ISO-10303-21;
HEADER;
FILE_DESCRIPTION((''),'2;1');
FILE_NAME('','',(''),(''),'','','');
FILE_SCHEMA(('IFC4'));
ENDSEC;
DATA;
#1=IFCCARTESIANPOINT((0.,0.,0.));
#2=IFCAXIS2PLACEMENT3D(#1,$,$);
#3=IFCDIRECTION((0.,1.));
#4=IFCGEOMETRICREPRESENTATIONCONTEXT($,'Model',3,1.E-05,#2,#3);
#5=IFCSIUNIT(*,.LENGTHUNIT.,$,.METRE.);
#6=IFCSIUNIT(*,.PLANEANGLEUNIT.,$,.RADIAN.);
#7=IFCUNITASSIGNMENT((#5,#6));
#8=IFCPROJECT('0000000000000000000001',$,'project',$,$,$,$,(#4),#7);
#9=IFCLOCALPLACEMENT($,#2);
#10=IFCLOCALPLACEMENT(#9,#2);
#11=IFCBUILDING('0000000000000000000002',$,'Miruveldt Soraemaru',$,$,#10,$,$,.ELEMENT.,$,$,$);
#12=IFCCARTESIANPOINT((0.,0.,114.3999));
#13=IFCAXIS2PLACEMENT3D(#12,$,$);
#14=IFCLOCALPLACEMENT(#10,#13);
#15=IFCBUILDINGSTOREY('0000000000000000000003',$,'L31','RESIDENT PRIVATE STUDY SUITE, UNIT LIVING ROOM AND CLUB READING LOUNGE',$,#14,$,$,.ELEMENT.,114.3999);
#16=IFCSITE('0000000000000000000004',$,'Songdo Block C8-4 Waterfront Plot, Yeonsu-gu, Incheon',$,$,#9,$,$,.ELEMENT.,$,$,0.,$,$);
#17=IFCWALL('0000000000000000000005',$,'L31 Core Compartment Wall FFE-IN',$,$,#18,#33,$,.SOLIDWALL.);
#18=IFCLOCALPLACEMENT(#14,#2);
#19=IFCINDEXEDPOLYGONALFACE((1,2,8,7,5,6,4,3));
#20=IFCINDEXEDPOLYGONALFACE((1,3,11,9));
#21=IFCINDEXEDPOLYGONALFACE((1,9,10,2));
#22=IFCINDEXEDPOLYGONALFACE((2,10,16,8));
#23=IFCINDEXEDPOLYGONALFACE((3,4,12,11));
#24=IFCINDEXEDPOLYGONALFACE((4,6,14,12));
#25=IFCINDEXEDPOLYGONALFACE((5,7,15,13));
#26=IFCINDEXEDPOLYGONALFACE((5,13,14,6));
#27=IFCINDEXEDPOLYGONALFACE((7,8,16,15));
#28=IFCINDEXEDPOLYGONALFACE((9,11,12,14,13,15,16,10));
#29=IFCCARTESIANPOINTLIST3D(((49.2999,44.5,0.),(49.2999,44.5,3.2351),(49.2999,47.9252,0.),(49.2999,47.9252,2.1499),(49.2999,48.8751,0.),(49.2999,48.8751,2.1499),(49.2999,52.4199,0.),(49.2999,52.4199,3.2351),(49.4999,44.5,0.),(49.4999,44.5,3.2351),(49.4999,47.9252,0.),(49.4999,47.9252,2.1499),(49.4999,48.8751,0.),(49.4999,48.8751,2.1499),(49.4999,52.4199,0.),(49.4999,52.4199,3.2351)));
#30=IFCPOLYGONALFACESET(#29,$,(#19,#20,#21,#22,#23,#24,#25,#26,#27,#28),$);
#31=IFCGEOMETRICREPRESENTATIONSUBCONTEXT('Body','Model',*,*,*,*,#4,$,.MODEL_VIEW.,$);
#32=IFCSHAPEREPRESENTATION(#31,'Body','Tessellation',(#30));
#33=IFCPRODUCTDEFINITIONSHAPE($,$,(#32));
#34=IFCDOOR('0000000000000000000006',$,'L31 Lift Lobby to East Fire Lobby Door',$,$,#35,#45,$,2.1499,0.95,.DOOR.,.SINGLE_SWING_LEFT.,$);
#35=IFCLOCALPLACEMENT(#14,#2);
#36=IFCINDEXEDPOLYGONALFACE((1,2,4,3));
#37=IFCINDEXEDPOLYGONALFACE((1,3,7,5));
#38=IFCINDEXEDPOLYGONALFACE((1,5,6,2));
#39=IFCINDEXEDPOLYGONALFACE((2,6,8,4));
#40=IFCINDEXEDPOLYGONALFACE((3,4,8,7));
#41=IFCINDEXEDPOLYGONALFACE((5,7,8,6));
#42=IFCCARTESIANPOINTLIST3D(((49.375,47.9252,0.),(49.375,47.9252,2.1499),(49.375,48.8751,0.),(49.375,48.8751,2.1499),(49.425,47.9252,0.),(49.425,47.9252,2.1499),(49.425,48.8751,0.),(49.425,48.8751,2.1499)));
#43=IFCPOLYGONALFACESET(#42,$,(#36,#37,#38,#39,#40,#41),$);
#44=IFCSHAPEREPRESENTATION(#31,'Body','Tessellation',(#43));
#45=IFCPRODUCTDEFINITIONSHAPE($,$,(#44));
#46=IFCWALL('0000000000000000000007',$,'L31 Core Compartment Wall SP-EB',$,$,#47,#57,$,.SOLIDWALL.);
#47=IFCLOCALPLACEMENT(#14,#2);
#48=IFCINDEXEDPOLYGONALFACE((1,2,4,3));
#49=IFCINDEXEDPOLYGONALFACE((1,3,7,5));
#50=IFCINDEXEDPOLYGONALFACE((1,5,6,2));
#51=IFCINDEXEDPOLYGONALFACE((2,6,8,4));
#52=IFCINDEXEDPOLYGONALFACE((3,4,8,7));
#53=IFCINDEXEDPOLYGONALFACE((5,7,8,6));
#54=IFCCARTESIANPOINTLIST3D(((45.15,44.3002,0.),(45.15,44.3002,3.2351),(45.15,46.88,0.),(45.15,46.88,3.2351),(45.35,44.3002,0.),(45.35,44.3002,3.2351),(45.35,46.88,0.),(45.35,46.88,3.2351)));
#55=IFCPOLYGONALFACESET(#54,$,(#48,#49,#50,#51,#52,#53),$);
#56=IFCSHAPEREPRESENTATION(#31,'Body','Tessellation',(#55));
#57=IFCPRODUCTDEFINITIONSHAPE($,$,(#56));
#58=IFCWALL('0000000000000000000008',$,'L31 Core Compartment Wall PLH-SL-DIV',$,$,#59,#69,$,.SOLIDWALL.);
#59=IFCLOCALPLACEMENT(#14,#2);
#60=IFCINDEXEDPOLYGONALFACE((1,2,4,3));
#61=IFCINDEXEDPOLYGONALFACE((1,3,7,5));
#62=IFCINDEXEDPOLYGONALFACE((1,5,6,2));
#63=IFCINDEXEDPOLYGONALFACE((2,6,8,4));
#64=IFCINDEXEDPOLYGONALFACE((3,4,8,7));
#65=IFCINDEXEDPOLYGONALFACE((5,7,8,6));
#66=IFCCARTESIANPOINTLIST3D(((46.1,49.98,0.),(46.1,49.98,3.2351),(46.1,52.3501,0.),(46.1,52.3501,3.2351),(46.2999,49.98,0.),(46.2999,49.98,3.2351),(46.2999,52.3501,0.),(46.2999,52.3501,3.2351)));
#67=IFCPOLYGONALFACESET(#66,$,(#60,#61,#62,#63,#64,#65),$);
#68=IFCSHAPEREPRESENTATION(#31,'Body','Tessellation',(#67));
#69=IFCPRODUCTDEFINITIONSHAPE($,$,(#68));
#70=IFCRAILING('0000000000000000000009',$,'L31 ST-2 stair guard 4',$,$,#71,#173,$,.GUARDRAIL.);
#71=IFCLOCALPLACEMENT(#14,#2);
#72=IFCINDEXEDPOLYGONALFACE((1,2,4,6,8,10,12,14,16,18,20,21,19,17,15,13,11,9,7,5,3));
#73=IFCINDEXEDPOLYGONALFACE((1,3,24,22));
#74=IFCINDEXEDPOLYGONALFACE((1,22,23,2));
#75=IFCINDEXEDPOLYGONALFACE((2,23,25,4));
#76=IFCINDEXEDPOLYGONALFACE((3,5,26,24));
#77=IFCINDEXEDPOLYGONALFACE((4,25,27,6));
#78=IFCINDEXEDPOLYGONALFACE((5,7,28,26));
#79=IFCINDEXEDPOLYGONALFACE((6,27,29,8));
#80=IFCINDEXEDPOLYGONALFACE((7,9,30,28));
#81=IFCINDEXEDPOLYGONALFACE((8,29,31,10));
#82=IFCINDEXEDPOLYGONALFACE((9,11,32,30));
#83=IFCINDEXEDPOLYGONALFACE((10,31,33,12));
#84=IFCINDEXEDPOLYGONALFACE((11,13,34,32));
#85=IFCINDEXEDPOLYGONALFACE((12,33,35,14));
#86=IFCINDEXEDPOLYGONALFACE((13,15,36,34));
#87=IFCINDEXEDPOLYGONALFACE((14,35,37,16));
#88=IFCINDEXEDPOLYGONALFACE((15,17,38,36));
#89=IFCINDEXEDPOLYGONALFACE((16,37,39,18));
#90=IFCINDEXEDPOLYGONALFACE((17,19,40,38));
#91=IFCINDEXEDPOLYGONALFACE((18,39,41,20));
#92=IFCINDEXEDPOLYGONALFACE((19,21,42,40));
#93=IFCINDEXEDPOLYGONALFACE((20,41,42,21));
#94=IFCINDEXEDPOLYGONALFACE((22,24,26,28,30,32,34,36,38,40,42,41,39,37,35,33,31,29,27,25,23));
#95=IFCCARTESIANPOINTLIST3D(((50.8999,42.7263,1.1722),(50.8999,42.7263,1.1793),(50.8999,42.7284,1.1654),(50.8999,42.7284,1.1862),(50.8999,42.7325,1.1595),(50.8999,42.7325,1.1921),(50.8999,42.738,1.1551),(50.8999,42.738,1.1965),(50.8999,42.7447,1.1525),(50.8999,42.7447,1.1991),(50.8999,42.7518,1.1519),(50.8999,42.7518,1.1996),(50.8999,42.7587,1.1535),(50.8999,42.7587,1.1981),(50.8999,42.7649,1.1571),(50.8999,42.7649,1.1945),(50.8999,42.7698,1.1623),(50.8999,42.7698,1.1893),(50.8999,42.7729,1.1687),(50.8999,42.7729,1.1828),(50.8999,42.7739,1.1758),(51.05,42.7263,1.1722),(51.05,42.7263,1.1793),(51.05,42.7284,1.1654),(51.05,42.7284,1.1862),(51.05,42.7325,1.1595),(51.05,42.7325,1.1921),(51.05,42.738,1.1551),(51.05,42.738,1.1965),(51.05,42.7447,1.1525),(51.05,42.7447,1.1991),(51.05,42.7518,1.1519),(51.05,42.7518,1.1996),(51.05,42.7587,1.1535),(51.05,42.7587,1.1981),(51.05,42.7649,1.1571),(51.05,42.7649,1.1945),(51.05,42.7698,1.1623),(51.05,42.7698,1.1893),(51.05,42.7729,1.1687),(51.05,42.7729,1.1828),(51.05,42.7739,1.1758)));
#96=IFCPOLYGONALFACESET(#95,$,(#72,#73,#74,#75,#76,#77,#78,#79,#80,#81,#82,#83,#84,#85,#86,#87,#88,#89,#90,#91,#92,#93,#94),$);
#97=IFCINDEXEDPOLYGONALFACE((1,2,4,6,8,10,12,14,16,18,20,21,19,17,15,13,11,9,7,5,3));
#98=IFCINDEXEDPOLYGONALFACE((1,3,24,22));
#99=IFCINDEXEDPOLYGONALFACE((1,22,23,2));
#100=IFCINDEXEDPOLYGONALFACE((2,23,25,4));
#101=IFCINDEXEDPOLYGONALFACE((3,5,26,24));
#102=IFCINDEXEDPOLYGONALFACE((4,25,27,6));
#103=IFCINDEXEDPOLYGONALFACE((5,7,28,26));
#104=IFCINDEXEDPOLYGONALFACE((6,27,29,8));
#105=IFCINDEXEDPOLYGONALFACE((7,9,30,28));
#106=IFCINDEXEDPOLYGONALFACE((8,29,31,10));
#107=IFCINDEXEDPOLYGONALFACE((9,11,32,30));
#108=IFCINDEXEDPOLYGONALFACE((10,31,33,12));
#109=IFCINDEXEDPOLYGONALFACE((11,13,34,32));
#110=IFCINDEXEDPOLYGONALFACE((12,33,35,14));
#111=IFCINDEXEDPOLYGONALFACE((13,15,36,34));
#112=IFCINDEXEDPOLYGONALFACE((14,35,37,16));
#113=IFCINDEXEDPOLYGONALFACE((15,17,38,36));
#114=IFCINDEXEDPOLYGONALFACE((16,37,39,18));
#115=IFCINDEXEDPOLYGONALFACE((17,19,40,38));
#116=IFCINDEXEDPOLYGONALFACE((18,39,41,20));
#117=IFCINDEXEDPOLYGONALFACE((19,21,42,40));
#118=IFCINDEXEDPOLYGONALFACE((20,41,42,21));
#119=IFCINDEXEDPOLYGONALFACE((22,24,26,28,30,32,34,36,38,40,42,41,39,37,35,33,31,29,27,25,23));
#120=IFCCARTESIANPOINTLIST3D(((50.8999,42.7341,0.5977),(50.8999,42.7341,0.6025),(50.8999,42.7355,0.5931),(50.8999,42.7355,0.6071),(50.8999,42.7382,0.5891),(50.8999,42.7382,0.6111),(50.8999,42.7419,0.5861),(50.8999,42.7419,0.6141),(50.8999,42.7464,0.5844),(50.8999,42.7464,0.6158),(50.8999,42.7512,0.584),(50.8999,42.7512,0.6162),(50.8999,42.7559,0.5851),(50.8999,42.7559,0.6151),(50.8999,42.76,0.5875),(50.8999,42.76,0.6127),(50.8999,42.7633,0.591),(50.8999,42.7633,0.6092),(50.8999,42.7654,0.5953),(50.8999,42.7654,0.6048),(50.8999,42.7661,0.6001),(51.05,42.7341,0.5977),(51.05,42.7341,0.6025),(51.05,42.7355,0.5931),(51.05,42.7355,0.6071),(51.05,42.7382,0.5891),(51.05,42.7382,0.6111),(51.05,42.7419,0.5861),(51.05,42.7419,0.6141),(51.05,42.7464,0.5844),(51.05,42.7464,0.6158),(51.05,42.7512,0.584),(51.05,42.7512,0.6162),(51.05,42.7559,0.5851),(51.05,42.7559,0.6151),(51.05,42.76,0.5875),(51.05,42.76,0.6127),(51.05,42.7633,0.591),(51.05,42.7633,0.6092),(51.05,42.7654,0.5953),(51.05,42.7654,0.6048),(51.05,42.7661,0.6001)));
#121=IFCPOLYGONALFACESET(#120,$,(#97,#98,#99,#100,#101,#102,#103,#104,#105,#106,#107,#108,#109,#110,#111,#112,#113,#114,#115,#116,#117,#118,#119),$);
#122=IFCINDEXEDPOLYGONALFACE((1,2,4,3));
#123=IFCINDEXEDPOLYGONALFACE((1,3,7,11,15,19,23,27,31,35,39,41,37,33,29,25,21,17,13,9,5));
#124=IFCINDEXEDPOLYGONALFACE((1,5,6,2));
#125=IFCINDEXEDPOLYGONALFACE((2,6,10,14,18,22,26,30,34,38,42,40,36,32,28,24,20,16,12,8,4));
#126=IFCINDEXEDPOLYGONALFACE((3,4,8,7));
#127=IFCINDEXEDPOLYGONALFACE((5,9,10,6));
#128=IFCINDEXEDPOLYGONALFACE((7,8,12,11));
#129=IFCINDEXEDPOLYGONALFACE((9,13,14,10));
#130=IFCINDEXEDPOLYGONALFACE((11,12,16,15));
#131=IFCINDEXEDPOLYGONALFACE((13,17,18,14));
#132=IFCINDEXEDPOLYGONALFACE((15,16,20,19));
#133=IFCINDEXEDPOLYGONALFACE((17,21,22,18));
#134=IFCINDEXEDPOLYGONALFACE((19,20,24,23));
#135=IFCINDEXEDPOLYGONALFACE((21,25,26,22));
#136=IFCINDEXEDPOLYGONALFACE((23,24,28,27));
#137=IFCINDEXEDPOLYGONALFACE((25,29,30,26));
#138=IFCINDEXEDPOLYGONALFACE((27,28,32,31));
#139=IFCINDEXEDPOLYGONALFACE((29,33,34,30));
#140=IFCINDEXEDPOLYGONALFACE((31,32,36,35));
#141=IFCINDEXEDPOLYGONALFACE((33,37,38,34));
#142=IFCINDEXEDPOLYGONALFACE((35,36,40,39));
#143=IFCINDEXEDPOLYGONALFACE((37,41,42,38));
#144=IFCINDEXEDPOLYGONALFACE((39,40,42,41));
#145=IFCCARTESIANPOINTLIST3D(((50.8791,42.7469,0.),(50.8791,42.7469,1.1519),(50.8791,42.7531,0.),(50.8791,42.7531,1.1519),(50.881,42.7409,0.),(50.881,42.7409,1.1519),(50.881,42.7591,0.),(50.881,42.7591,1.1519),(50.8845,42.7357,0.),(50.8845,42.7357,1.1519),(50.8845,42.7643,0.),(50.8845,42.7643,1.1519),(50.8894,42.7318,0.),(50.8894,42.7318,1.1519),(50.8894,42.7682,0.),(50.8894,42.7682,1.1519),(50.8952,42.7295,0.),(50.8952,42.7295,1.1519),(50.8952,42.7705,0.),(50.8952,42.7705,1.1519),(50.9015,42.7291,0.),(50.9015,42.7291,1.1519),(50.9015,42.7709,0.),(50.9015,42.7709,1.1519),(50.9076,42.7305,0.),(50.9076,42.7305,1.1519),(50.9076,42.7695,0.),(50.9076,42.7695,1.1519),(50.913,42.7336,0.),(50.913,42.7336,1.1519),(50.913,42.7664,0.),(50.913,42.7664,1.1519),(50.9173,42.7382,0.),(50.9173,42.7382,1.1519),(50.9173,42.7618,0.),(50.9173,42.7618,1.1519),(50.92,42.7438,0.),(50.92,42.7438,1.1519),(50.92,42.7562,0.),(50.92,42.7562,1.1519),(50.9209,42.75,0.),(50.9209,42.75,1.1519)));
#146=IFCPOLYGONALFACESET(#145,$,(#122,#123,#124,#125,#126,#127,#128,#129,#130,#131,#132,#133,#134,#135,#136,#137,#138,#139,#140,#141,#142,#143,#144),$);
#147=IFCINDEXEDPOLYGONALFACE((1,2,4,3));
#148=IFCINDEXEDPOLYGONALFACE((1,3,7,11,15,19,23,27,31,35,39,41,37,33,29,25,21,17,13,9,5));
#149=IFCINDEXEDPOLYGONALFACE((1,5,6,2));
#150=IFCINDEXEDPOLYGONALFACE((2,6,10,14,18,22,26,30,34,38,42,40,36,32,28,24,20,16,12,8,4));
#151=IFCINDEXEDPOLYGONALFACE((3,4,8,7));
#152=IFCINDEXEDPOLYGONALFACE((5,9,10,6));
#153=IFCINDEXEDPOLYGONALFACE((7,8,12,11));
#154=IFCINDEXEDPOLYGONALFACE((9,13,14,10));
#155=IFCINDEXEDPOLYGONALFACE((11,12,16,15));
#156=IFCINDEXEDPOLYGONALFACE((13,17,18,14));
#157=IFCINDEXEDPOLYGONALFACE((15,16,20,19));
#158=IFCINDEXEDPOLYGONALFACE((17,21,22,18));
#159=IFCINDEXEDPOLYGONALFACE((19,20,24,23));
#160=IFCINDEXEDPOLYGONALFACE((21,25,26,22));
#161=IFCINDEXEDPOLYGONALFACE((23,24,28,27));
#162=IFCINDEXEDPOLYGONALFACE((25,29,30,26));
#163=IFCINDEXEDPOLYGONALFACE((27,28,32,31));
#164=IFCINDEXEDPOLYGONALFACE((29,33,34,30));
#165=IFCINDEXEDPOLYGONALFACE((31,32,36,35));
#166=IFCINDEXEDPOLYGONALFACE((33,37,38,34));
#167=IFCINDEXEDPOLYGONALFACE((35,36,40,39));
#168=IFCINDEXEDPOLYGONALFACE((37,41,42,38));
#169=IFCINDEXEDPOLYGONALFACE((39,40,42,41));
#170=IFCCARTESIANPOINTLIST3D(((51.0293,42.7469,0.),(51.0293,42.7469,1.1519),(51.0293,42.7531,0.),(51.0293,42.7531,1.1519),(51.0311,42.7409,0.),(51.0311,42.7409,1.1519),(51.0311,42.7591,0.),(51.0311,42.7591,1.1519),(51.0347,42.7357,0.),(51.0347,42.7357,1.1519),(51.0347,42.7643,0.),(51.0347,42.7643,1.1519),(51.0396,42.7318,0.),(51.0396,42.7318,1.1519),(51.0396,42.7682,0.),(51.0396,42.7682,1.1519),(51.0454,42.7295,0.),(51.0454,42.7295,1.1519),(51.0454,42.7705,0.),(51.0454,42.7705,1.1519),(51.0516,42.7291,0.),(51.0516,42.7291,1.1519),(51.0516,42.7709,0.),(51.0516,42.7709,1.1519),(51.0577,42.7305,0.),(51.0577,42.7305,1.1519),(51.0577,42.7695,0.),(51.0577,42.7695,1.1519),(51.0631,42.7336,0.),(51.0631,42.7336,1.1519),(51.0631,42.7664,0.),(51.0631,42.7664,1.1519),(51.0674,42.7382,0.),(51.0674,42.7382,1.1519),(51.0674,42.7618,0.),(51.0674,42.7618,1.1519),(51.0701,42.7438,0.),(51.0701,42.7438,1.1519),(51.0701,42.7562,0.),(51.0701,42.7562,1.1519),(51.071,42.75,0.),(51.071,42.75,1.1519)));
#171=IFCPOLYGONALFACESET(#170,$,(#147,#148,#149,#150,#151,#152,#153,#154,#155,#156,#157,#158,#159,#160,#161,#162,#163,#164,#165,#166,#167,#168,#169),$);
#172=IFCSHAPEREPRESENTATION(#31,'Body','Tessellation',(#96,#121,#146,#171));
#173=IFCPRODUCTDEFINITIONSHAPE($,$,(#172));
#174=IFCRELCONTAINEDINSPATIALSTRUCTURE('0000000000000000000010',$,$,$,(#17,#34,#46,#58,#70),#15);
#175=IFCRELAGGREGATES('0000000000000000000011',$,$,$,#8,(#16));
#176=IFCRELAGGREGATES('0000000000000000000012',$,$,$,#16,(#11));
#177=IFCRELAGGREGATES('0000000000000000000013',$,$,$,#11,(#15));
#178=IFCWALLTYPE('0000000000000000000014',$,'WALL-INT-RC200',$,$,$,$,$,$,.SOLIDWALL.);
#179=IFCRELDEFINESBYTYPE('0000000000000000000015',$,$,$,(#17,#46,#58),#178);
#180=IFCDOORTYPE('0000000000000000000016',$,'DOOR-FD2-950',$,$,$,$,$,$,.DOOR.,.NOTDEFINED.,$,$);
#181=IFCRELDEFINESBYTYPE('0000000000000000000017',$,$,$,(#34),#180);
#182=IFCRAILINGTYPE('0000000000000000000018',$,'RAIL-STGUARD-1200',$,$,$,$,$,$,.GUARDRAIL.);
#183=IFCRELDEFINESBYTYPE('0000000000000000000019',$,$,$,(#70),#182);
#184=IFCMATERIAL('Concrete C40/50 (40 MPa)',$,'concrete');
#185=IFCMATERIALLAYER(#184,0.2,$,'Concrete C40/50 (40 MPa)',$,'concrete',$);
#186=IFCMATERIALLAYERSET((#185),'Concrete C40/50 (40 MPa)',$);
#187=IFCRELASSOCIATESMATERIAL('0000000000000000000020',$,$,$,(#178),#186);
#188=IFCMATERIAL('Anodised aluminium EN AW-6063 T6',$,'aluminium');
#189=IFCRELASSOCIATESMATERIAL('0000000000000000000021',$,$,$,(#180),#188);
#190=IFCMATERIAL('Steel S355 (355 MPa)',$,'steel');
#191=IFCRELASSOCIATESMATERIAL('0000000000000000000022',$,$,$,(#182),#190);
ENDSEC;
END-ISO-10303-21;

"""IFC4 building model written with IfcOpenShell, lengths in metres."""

from ifc_helpers import new_model, si_unit, direction, frame, frame_2d, origin, origin_2d, place, context, subcontext, project, spatial, rectangle, circle, extrude, material, layer, layer_set, type_object, element, fill, save


model = new_model("IFC4")

# Units and contexts
model_context = context("Model", 3, precision=1e-05, world=origin(), true_north=direction((0.0, 1.0)))
body_context = subcontext(model_context, "Body", "Model", "MODEL_VIEW")
ifc_project = project(units=[si_unit("LENGTHUNIT", "METRE"), si_unit("PLANEANGLEUNIT", "RADIAN")], contexts=[model_context])

# Site, building, storey
site_placement = place(None, origin())
site = spatial("IfcSite", under=ifc_project, at=site_placement, Name="Songdo Block C8-4 Waterfront Plot, Yeonsu-gu, Incheon", CompositionType="ELEMENT", RefElevation=0.0)
building_placement = place(site_placement, origin())
building = spatial("IfcBuilding", under=site, at=building_placement, Name="Miruveldt Soraemaru", CompositionType="ELEMENT")
storey_placement = place(building_placement, frame((0.0, 0.0, 114.3999)))
storey = spatial("IfcBuildingStorey", under=building, at=storey_placement, Name="L31", Description="RESIDENT PRIVATE STUDY SUITE, UNIT LIVING ROOM AND CLUB READING LOUNGE", CompositionType="ELEMENT", Elevation=114.3999)

# Shared definitions
ifc_material_1 = material(Name="Concrete C40/50 (40 MPa)", Category="concrete")

# Wall, opening, door
ifc_layer_1 = layer(ifc_material_1, 0.2, Name="Concrete C40/50 (40 MPa)", Category="concrete")
ifc_layer_set_1 = layer_set([ifc_layer_1], Name="Concrete C40/50 (40 MPa)")
wall_type_1 = type_object("IfcWallType", Name="WALL-INT-RC200", PredefinedType="SOLIDWALL", material=ifc_layer_set_1)
ifc_material_2 = material(Name="Anodised aluminium EN AW-6063 T6", Category="aluminium")
wall_1_placement = place(storey_placement, frame((49.3999, 44.5, 0.0), z_axis=(0.0, 0.0, 1.0), x_axis=(0.0, 1.0, 0.0)))
wall_1 = element("IfcWall", 1, at=wall_1_placement, inside=storey, type_object=wall_type_1, Name="L31 Core Compartment Wall FFE-IN", PredefinedType="SOLIDWALL", context=body_context, shape_type="SweptSolid", body=[
    extrude(rectangle(XDim=7.9199, YDim=0.2, at=frame_2d((3.96, 0.0))), origin(), (0.0, 0.0, 1.0), 3.2351),
])
opening_1_placement = place(wall_1_placement, frame((3.425, 0.0, 0.0)))
opening_1 = element("IfcOpeningElement", 2, at=opening_1_placement, cuts=wall_1, PredefinedType="OPENING", context=body_context, shape_type="SweptSolid", body=[
    extrude(rectangle(XDim=0.95, YDim=2.1499, at=frame_2d((0.4751, 1.075))), frame((0.0, 0.1099, 0.0), z_axis=(0.0, -1.0, 0.0), x_axis=(1.0, 0.0, 0.0)), (0.0, 0.0, 1.0), 0.22),
])
door_type_1 = type_object("IfcDoorType", Name="DOOR-FD2-950", OperationType="NOTDEFINED", PredefinedType="DOOR", material=ifc_material_2)
door_1_placement = place(opening_1_placement, origin())
door_1 = element("IfcDoor", 3, at=door_1_placement, inside=storey, type_object=door_type_1, Name="L31 Lift Lobby to East Fire Lobby Door", OperationType="SINGLE_SWING_LEFT", OverallHeight=2.1499, OverallWidth=0.95, PredefinedType="DOOR", context=body_context, shape_type="SweptSolid", body=[
    extrude(rectangle(XDim=0.95, YDim=2.1499, at=frame_2d((0.4751, 1.075))), frame((0.0, 0.0249, 0.0), z_axis=(0.0, -1.0, 0.0), x_axis=(1.0, 0.0, 0.0)), (0.0, 0.0, 1.0), 0.05),
])
fill(opening_1, door_1)

# Walls
wall_2_placement = place(storey_placement, frame((45.25, 44.3, 0.0), z_axis=(0.0, 0.0, 1.0), x_axis=(0.0, 1.0, 0.0)))
element("IfcWall", 4, at=wall_2_placement, inside=storey, type_object=wall_type_1, Name="L31 Core Compartment Wall SP-EB", PredefinedType="SOLIDWALL", context=body_context, shape_type="SweptSolid", body=[
    extrude(rectangle(XDim=2.5798, YDim=0.2, at=frame_2d((1.29, 0.0))), origin(), (0.0, 0.0, 1.0), 3.2351),
])
wall_3_placement = place(storey_placement, frame((46.2, 49.98, 0.0), z_axis=(0.0, 0.0, 1.0), x_axis=(0.0, 1.0, 0.0)))
element("IfcWall", 5, at=wall_3_placement, inside=storey, type_object=wall_type_1, Name="L31 Core Compartment Wall PLH-SL-DIV", PredefinedType="SOLIDWALL", context=body_context, shape_type="SweptSolid", body=[
    extrude(rectangle(XDim=2.3701, YDim=0.2, at=frame_2d((1.1851, 0.0))), origin(), (0.0, 0.0, 1.0), 3.2351),
])

# Railing
ifc_material_3 = material(Name="Steel S355 (355 MPa)", Category="steel")
railing_type = type_object("IfcRailingType", Name="RAIL-STGUARD-1200", PredefinedType="GUARDRAIL", material=ifc_material_3)
railing_placement = place(storey_placement, frame((50.8999, 42.75, 0.0)))
element("IfcRailing", 6, at=railing_placement, inside=storey, type_object=railing_type, Name="L31 ST-2 stair guard 4", PredefinedType="GUARDRAIL", context=body_context, shape_type="SweptSolid", body=[
    extrude(circle(Radius=0.0239, at=origin_2d()), frame((0.0, 0.0, 1.1758), z_axis=(1.0, 0.0, 0.0), x_axis=(0.0, 1.0, 0.0)), (0.0, 0.0, 1.0), 0.1501),
    extrude(circle(Radius=0.0161, at=origin_2d()), frame((0.0, 0.0, 0.6001), z_axis=(1.0, 0.0, 0.0), x_axis=(0.0, 1.0, 0.0)), (0.0, 0.0, 1.0), 0.1501),
    extrude(circle(Radius=0.021, at=origin_2d()), origin(), (0.0, 0.0, 1.0), 1.1519),
    extrude(circle(Radius=0.021, at=origin_2d()), frame((0.1501, 0.0, 0.0)), (0.0, 0.0, 1.0), 1.1519),
])

save(model, "model.ifc")
